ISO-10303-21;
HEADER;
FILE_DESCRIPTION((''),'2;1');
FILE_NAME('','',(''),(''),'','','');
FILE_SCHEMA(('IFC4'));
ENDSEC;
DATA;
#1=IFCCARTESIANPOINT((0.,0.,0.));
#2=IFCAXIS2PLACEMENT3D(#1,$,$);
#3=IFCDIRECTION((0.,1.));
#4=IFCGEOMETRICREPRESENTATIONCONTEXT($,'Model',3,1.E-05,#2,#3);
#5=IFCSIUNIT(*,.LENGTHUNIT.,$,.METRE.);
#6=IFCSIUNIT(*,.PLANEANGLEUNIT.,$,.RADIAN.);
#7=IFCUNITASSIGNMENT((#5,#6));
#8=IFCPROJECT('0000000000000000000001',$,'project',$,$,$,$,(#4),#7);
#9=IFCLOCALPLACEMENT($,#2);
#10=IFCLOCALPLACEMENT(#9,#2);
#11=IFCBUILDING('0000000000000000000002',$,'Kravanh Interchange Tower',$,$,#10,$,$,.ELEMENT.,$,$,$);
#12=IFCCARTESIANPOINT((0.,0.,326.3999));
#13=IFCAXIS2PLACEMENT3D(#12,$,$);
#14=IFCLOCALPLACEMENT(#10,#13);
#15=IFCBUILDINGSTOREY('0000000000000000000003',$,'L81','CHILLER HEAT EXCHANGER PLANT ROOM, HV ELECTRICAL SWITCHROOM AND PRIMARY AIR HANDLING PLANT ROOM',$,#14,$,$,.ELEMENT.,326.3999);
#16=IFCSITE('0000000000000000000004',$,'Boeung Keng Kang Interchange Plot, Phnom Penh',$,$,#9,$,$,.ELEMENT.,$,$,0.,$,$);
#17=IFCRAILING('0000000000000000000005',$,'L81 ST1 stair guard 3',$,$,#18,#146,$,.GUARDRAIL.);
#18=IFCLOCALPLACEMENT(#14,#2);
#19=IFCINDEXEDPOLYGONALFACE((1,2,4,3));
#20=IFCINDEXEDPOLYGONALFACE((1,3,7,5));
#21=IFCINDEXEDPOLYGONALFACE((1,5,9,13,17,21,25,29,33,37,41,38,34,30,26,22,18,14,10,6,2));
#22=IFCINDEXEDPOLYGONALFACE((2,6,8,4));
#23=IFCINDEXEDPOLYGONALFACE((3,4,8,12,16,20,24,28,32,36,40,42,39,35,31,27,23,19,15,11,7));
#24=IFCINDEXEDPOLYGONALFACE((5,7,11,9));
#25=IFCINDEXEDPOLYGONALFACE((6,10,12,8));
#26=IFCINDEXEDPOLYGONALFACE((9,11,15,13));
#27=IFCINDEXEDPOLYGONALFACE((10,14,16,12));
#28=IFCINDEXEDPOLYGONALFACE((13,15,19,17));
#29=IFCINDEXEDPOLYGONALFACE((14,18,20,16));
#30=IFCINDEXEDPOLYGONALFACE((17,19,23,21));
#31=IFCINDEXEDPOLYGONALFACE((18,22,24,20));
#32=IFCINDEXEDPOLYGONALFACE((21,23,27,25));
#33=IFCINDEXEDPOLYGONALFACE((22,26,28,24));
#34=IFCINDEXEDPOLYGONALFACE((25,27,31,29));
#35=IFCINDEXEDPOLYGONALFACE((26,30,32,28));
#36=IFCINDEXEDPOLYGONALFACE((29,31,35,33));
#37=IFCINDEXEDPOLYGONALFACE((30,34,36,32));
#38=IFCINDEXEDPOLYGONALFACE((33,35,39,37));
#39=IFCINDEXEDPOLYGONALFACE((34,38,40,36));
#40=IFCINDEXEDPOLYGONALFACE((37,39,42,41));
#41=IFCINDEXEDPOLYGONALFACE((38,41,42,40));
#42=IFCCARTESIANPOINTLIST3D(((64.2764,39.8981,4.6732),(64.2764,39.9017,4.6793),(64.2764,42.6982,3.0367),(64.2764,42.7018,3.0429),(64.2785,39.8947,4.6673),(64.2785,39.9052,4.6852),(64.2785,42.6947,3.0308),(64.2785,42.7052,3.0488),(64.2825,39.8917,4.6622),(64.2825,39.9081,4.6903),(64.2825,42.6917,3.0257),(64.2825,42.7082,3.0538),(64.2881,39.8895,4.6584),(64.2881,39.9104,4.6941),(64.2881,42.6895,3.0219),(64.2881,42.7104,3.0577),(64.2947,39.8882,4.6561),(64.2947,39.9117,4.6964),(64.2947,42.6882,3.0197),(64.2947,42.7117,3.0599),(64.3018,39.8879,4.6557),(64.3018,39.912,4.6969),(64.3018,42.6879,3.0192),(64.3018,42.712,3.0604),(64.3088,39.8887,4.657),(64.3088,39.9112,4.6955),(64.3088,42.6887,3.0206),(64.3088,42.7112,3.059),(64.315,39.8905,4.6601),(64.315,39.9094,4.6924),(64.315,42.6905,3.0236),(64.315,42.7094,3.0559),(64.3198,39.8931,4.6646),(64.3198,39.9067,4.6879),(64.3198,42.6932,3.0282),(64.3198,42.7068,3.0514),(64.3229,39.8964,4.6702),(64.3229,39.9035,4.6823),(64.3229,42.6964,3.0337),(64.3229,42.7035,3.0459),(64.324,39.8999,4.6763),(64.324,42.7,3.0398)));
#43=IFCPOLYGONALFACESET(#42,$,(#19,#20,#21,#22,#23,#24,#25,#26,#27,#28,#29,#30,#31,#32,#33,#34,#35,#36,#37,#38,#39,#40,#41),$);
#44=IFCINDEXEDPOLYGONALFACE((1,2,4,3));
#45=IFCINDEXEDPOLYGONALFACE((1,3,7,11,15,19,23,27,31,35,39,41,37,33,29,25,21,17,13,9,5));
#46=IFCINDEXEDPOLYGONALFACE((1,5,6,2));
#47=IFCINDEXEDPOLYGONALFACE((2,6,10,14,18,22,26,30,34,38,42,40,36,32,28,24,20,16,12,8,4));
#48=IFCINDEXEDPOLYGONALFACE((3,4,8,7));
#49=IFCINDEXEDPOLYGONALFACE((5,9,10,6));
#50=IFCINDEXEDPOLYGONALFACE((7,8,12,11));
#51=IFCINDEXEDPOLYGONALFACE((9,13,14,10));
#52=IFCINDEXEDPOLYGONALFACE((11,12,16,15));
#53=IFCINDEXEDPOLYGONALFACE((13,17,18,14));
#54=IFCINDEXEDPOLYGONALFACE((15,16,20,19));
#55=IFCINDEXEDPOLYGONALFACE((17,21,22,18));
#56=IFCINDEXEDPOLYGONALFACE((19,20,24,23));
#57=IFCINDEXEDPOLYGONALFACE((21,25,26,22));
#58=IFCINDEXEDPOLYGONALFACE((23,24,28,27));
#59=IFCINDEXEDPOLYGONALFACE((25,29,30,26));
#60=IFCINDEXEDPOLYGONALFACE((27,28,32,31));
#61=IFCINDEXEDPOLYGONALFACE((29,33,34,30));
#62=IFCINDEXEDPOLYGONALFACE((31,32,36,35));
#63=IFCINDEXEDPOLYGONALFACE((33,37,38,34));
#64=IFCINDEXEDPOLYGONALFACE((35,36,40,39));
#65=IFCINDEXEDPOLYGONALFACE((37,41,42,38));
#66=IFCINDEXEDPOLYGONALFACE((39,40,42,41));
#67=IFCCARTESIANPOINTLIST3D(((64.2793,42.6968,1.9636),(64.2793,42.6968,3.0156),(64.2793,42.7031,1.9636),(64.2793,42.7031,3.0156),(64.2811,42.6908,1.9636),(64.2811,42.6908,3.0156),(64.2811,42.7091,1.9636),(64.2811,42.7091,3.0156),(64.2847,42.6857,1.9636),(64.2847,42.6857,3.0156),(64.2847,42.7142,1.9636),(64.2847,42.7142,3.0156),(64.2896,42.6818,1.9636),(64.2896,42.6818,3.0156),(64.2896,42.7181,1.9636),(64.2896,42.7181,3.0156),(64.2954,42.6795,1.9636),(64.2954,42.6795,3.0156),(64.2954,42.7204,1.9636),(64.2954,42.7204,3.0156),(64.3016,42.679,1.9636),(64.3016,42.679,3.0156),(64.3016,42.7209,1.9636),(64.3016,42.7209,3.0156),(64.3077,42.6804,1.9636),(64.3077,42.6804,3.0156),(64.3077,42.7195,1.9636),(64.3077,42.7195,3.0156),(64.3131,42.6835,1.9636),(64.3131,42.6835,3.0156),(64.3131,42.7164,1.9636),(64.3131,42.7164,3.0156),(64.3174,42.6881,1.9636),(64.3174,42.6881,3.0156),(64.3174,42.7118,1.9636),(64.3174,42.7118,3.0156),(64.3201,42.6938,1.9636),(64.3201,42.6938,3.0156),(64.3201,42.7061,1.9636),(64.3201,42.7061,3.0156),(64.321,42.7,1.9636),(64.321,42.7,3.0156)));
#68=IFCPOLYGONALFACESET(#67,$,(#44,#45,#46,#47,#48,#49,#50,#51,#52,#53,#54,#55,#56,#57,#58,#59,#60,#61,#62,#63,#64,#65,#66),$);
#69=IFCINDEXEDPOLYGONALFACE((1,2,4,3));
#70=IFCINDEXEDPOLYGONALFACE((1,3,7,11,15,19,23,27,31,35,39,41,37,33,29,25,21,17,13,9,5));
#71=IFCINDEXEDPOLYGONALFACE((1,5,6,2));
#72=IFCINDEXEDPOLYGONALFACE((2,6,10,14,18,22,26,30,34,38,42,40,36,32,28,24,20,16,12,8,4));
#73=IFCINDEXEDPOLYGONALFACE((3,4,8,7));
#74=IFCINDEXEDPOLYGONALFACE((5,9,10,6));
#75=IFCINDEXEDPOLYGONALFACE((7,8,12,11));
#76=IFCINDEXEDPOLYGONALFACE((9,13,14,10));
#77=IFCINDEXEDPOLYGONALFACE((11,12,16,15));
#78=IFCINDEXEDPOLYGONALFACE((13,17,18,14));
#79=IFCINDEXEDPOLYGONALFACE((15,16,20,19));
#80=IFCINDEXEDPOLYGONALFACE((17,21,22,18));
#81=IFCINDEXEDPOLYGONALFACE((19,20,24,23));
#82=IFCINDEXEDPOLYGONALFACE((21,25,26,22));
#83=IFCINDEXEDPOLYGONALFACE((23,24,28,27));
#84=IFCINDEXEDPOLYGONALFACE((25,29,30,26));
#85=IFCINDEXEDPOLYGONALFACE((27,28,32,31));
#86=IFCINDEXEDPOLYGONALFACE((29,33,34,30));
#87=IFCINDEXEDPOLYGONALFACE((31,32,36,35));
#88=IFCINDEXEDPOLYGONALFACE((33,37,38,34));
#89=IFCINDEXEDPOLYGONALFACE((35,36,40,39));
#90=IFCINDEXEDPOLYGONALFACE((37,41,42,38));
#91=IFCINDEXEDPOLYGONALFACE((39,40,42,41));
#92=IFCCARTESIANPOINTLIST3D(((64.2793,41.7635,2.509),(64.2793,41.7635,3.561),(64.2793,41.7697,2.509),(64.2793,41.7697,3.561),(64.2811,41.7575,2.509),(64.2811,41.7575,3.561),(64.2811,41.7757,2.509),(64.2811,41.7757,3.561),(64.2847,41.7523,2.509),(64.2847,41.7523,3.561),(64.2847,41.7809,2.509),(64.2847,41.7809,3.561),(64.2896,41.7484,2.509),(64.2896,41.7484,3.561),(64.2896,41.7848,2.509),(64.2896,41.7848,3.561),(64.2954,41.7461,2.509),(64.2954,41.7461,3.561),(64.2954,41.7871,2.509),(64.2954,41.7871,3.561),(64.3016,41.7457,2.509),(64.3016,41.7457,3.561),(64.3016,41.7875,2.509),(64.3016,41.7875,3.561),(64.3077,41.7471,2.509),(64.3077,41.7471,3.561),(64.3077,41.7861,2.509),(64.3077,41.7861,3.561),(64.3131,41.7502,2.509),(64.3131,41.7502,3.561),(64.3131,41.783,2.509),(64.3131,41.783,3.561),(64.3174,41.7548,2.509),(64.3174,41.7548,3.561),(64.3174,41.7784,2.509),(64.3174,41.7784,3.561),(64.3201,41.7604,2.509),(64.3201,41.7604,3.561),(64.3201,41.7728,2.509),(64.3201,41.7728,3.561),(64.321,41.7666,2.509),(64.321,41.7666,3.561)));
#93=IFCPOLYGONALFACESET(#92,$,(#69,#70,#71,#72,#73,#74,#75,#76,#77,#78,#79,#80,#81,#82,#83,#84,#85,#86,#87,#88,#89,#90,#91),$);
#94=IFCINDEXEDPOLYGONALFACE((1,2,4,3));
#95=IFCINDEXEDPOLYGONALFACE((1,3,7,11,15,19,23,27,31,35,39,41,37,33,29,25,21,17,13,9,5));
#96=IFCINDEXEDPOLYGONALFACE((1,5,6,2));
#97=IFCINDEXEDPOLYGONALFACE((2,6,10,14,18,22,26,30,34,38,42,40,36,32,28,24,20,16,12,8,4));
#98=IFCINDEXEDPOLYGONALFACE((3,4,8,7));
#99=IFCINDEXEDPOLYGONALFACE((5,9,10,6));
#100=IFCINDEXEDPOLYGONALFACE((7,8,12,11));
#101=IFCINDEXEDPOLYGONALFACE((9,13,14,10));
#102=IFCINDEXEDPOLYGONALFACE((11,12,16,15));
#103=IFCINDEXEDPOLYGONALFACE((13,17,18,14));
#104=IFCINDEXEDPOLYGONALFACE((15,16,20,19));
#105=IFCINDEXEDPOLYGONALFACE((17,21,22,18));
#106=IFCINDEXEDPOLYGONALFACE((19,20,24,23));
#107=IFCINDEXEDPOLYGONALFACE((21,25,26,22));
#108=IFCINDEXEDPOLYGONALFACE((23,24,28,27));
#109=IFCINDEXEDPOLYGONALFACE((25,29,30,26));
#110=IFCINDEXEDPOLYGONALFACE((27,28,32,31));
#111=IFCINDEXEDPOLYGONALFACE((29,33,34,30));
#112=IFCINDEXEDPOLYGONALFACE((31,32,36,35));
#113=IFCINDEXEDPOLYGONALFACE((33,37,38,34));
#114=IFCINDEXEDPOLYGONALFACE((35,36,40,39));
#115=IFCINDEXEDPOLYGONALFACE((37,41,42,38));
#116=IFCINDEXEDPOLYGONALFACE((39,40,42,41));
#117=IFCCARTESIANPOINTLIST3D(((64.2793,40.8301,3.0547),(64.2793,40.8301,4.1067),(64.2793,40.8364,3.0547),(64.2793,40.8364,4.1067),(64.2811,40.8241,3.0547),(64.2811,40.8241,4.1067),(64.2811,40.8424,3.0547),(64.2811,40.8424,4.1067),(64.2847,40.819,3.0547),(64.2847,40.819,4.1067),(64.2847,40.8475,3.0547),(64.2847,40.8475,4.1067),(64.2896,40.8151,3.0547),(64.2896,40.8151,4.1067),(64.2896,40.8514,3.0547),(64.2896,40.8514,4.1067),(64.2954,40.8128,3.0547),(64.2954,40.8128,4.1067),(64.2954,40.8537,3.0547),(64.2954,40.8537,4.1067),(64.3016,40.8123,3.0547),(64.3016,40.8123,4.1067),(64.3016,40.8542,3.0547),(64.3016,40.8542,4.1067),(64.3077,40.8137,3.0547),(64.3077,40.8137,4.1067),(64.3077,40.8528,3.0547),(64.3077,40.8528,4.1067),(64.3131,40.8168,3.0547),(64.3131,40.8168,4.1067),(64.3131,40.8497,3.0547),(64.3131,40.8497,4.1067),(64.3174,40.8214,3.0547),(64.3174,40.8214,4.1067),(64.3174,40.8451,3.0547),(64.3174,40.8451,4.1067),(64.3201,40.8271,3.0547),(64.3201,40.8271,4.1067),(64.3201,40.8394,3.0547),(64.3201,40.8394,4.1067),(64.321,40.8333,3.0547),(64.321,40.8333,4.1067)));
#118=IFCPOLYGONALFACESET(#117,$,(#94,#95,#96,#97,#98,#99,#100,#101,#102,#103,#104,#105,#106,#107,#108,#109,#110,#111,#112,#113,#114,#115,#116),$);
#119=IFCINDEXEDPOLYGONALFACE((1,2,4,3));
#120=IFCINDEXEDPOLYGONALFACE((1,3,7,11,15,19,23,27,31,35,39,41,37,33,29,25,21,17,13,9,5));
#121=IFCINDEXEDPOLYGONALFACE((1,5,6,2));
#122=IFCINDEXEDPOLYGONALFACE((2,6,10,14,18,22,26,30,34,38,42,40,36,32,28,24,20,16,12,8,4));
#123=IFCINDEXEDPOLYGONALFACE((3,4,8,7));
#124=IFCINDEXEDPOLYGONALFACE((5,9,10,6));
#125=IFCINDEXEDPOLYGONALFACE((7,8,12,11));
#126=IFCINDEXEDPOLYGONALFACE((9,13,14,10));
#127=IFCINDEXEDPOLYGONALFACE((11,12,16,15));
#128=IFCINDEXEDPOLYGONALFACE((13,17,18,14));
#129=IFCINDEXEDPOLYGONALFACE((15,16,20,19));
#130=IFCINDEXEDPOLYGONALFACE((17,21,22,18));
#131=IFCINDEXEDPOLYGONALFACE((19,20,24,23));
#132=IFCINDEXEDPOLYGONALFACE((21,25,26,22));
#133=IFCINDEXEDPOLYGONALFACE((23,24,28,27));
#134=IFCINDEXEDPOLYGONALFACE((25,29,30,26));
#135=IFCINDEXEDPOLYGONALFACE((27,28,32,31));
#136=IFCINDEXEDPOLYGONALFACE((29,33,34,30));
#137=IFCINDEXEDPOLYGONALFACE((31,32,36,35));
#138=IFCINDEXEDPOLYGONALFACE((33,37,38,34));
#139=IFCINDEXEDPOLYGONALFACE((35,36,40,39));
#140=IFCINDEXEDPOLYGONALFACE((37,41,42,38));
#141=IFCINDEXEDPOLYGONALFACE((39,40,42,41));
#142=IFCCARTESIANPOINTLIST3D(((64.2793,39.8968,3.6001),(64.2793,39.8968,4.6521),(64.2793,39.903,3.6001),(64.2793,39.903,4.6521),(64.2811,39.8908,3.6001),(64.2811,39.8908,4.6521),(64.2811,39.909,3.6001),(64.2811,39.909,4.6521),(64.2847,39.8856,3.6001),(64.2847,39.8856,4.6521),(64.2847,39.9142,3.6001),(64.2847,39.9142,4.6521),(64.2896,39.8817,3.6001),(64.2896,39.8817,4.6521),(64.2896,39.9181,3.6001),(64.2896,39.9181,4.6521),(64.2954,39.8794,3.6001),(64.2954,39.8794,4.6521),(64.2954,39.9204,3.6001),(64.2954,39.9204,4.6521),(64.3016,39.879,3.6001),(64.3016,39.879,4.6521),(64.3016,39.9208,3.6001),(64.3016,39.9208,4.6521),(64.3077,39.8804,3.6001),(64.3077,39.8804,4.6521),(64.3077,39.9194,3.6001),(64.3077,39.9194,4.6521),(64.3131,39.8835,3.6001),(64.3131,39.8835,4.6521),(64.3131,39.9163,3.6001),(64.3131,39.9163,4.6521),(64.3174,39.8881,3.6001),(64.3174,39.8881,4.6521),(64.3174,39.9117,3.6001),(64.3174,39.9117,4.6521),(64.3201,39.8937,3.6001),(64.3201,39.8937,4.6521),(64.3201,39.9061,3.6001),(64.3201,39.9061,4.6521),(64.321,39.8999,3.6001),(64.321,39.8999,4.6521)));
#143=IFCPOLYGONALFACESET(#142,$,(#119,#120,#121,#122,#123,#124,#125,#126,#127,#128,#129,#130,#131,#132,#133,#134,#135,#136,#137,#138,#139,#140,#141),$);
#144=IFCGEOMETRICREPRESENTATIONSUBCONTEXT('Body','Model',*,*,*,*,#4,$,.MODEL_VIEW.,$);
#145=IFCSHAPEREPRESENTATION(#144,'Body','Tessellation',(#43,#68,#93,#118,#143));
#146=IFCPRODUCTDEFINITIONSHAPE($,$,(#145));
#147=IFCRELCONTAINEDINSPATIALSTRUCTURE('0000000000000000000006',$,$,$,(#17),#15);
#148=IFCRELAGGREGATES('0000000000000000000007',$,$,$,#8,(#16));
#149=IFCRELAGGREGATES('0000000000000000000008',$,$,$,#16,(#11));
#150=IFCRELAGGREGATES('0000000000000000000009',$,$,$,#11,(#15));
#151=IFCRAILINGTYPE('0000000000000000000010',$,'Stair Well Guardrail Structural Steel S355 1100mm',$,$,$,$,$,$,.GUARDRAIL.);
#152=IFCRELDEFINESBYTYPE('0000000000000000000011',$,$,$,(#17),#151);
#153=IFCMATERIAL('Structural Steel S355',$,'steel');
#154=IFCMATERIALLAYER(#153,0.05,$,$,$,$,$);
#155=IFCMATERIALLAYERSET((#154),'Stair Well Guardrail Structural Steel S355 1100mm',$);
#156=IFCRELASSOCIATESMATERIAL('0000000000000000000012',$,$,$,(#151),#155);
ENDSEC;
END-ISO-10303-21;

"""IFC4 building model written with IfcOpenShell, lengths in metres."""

from ifc_helpers import new_model, si_unit, direction, frame, origin, origin_2d, place, context, subcontext, project, spatial, circle, extrude, material, layer, layer_set, type_object, element, save


model = new_model("IFC4")

# Units and contexts
model_context = context("Model", 3, precision=1e-05, world=origin(), true_north=direction((0.0, 1.0)))
body_context = subcontext(model_context, "Body", "Model", "MODEL_VIEW")
ifc_project = project(units=[si_unit("LENGTHUNIT", "METRE"), si_unit("PLANEANGLEUNIT", "RADIAN")], contexts=[model_context])

# Site, building, storey
site_placement = place(None, origin())
site = spatial("IfcSite", under=ifc_project, at=site_placement, Name="Boeung Keng Kang Interchange Plot, Phnom Penh", CompositionType="ELEMENT", RefElevation=0.0)
building_placement = place(site_placement, origin())
building = spatial("IfcBuilding", under=site, at=building_placement, Name="Kravanh Interchange Tower", CompositionType="ELEMENT")
storey_placement = place(building_placement, frame((0.0, 0.0, 326.3999)))
storey = spatial("IfcBuildingStorey", under=building, at=storey_placement, Name="L81", Description="CHILLER HEAT EXCHANGER PLANT ROOM, HV ELECTRICAL SWITCHROOM AND PRIMARY AIR HANDLING PLANT ROOM", CompositionType="ELEMENT", Elevation=326.3999)

# Railing
ifc_material_1 = material(Name="Structural Steel S355", Category="steel")
ifc_layer_1 = layer(ifc_material_1, 0.05)
ifc_layer_set_1 = layer_set([ifc_layer_1], Name="Stair Well Guardrail Structural Steel S355 1100mm")
railing_type_1 = type_object("IfcRailingType", Name="Stair Well Guardrail Structural Steel S355 1100mm", PredefinedType="GUARDRAIL", material=ifc_layer_set_1)
railing_1_placement = place(storey_placement, frame((64.3, 42.7, 1.9636)))
element("IfcRailing", 1, at=railing_1_placement, inside=storey, type_object=railing_type_1, Name="L81 ST1 stair guard 3", PredefinedType="GUARDRAIL", context=body_context, shape_type="SweptSolid", body=[
    extrude(circle(Radius=0.0239, at=origin_2d()), frame((0.0, 0.0, 1.0762), z_axis=(0.0, -0.863361, 0.504587), x_axis=(1.0, 0.0, 0.0)), (0.0, 0.0, 1.0), 3.2432),
    extrude(circle(Radius=0.021, at=origin_2d()), origin(), (0.0, 0.0, 1.0), 1.052),
    extrude(circle(Radius=0.021, at=origin_2d()), frame((0.0, -0.9333, 0.5454)), (0.0, 0.0, 1.0), 1.052),
    extrude(circle(Radius=0.021, at=origin_2d()), frame((0.0, -1.8667, 1.0911)), (0.0, 0.0, 1.0), 1.052),
    extrude(circle(Radius=0.021, at=origin_2d()), frame((0.0, -2.8, 1.6365)), (0.0, 0.0, 1.0), 1.052),
])

save(model, "model.ifc")
